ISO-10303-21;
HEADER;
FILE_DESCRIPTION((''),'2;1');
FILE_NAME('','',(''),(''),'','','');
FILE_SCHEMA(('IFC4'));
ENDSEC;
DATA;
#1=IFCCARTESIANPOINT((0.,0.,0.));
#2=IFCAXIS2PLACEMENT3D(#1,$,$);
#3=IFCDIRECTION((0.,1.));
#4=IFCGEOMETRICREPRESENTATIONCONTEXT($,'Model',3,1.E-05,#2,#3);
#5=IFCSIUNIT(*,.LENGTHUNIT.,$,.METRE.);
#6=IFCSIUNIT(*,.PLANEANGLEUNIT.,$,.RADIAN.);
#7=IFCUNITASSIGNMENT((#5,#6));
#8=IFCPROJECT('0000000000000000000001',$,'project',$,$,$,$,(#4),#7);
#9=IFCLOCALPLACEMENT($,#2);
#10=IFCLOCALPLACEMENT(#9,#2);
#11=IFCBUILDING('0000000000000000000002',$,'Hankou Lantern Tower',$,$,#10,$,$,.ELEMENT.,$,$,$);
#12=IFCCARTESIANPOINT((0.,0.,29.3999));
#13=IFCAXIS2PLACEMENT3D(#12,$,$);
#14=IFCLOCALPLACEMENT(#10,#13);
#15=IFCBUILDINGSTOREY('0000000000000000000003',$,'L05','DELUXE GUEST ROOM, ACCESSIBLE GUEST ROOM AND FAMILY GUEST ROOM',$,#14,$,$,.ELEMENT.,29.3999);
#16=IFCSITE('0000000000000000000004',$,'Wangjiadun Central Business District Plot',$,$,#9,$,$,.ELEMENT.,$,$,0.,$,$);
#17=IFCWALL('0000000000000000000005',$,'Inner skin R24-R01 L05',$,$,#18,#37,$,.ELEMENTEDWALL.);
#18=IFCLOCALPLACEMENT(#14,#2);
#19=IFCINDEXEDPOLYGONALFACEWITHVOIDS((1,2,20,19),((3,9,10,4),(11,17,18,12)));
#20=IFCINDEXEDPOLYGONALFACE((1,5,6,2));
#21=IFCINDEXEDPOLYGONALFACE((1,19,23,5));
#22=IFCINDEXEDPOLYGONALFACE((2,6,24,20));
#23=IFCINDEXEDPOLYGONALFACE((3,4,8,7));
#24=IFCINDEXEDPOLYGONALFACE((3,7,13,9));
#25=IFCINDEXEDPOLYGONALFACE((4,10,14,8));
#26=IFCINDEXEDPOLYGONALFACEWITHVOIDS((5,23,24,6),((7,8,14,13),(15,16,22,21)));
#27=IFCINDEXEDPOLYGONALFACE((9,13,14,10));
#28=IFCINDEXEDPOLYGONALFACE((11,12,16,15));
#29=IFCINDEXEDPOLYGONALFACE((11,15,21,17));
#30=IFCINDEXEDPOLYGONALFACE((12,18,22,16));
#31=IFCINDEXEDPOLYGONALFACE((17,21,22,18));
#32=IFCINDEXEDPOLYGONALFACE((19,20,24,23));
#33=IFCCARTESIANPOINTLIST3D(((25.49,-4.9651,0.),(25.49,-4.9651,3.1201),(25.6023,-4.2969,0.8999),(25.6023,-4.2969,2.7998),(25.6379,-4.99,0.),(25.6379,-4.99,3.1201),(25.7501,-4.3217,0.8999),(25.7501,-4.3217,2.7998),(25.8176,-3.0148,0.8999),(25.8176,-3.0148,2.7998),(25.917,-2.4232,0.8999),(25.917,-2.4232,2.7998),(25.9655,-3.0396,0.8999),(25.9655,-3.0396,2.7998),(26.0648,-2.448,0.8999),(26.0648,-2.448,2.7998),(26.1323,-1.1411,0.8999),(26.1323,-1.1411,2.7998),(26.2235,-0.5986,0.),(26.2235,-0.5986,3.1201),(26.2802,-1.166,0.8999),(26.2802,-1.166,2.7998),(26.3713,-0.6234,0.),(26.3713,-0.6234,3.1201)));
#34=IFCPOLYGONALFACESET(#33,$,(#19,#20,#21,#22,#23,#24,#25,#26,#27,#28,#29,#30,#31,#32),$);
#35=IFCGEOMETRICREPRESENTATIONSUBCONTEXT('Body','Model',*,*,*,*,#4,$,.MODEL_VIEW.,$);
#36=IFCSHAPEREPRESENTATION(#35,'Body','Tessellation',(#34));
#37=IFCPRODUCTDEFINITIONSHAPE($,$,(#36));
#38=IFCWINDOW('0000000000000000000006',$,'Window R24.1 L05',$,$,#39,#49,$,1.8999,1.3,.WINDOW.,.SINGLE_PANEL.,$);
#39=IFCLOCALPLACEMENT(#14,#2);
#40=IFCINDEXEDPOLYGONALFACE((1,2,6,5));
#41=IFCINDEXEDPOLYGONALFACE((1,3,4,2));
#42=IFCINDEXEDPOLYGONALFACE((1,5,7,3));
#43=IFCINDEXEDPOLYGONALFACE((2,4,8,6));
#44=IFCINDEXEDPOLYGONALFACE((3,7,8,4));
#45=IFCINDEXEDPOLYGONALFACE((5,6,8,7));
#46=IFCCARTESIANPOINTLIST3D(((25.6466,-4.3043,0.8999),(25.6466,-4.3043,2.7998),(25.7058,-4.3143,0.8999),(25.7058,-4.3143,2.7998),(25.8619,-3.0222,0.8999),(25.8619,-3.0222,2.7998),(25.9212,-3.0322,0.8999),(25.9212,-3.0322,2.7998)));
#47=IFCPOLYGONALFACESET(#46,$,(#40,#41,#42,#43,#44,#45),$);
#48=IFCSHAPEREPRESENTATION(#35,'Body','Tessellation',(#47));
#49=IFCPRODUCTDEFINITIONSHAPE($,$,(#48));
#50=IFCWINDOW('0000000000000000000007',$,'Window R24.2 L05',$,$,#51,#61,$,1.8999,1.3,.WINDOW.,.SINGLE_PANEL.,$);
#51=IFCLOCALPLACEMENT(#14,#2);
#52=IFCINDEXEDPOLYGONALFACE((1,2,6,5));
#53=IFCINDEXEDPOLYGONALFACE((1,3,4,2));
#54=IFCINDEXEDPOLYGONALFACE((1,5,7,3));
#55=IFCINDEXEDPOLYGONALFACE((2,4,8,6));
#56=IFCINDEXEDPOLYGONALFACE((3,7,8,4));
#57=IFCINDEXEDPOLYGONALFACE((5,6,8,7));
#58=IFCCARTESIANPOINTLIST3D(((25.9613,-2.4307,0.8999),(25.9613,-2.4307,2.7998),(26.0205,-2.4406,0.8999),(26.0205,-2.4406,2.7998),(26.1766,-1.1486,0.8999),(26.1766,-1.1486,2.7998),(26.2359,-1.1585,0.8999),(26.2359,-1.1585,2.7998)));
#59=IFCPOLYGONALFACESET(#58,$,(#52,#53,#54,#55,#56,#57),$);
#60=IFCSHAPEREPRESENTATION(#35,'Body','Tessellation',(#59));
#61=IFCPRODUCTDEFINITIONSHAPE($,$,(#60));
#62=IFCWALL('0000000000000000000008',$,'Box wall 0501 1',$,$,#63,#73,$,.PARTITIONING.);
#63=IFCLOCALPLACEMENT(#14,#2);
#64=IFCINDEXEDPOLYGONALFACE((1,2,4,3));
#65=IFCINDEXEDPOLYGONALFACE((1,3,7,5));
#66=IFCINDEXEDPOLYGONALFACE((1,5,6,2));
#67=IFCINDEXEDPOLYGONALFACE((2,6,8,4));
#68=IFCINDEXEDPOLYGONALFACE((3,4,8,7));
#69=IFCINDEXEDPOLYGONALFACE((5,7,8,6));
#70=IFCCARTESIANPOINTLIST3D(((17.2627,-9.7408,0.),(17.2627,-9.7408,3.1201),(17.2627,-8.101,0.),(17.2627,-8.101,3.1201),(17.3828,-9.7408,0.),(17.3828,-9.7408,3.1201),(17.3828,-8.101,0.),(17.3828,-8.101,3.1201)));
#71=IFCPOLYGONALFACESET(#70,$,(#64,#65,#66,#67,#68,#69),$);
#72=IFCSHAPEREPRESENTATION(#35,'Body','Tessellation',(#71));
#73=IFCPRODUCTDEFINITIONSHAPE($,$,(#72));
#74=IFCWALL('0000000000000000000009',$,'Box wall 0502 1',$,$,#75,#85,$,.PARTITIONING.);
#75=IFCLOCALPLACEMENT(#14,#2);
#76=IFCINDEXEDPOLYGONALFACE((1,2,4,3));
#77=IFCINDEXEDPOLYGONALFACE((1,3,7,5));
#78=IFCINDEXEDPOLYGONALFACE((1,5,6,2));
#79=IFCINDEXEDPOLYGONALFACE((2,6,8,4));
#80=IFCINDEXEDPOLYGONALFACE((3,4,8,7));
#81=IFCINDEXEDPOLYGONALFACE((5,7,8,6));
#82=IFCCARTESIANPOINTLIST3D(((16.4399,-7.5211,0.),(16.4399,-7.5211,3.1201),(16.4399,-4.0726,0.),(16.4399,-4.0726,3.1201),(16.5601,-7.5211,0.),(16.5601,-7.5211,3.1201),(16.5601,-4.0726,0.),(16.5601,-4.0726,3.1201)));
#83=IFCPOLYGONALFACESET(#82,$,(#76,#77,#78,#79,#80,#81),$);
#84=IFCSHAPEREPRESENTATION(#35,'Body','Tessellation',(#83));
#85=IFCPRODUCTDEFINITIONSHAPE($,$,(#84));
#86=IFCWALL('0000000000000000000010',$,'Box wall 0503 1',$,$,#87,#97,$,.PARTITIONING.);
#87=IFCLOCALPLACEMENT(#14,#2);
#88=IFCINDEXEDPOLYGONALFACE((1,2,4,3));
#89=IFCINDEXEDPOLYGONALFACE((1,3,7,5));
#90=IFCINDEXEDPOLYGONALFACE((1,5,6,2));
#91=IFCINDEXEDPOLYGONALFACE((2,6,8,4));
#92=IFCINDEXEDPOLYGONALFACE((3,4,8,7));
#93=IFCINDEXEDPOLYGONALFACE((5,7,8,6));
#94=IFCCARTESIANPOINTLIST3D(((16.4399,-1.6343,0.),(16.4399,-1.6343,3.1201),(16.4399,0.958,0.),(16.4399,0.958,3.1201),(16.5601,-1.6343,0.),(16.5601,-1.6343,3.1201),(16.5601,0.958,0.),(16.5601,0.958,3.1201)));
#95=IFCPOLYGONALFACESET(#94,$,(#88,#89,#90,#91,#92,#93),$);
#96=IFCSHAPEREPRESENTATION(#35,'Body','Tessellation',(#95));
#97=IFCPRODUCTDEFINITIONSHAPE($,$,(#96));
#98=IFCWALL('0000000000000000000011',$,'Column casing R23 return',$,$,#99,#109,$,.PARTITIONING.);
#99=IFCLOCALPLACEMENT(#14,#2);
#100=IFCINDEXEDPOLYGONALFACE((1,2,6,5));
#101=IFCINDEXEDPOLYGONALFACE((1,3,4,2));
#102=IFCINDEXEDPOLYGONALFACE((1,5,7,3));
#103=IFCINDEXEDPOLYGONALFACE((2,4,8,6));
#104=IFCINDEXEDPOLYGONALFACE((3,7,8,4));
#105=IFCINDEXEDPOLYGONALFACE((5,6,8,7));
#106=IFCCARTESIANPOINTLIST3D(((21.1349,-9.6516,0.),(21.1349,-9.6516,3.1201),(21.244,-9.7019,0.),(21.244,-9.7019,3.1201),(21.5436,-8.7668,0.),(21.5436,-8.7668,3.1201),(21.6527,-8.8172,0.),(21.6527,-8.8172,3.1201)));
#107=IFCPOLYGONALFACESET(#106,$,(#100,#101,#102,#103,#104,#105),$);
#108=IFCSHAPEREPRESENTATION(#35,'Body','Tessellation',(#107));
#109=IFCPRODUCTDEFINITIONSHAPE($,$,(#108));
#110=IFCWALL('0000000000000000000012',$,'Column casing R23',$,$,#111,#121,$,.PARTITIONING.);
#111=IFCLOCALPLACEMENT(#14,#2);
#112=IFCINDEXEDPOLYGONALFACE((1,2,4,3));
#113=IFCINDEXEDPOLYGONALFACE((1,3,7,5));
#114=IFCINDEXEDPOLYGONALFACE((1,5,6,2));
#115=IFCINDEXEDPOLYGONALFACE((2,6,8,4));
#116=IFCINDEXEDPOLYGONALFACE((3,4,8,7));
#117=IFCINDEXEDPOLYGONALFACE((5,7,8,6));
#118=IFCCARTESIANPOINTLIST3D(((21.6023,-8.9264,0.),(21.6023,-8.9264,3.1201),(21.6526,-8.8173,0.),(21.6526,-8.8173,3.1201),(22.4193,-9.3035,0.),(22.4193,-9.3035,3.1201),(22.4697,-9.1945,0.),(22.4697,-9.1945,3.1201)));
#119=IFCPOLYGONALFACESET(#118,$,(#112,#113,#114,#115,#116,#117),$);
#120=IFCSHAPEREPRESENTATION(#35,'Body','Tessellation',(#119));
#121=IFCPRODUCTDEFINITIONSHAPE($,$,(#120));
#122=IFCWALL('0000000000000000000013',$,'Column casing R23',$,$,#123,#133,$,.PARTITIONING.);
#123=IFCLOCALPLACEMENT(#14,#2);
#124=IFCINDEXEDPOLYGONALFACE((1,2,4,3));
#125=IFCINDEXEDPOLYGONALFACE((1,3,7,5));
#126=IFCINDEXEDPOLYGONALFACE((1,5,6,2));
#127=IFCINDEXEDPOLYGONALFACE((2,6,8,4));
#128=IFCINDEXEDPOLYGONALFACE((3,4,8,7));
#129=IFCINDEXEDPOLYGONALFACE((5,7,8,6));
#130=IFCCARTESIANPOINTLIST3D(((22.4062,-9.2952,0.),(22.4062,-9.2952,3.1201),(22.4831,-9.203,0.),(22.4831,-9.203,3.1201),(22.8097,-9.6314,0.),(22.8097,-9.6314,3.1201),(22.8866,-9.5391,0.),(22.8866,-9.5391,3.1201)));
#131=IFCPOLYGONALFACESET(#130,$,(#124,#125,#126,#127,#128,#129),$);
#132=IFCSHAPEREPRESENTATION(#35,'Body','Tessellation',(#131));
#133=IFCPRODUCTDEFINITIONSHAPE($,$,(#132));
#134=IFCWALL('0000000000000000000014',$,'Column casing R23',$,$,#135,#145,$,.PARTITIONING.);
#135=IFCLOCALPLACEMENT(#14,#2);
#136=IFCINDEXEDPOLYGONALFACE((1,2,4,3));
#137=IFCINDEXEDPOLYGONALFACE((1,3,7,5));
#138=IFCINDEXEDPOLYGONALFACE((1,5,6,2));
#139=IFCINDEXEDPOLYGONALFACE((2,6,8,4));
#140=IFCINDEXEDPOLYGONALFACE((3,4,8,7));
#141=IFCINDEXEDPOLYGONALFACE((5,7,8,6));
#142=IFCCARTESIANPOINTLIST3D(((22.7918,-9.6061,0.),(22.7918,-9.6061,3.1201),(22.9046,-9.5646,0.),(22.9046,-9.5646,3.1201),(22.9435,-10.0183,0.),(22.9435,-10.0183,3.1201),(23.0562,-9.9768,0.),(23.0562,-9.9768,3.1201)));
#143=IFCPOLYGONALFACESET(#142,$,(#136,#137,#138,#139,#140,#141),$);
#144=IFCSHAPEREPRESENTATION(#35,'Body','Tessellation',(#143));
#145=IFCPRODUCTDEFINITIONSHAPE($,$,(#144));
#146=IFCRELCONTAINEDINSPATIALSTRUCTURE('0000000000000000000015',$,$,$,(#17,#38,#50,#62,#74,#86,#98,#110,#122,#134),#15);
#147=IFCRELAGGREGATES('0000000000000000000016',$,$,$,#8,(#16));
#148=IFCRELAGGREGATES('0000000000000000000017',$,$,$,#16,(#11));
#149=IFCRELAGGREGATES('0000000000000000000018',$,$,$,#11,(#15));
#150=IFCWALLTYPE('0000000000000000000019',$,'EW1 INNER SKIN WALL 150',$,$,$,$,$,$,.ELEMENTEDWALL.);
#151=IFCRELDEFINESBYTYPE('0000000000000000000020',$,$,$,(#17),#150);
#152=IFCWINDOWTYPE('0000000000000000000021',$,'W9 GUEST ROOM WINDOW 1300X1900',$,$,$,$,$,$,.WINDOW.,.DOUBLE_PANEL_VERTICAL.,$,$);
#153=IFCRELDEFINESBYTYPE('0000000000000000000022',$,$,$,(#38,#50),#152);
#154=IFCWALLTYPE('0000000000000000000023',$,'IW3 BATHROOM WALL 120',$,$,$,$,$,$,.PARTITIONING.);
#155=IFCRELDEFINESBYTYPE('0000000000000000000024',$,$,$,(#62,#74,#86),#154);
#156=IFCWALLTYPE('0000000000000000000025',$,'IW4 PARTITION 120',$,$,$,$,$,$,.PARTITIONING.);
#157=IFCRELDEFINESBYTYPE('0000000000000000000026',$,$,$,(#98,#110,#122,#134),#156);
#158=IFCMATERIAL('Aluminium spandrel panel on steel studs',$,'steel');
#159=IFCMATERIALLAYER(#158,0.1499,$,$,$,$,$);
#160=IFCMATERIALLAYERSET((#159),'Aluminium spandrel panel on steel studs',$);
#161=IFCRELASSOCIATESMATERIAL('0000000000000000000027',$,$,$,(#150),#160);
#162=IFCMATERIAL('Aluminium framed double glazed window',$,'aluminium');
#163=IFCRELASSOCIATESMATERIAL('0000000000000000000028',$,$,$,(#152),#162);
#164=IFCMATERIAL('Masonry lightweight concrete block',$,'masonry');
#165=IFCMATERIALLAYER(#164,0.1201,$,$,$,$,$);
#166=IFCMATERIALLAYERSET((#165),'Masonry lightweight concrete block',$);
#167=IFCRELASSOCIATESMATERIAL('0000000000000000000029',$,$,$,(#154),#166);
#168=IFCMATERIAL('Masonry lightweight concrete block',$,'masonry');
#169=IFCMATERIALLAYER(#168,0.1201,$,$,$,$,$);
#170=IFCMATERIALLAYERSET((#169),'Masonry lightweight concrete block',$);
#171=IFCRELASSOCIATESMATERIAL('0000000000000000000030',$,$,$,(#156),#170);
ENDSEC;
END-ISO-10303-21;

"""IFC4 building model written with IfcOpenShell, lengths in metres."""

from ifc_helpers import new_model, si_unit, direction, frame, frame_2d, origin, place, context, subcontext, project, spatial, rectangle, extrude, material, layer, layer_set, type_object, element, fill, save


model = new_model("IFC4")

# Units and contexts
model_context = context("Model", 3, precision=1e-05, world=origin(), true_north=direction((0.0, 1.0)))
body_context = subcontext(model_context, "Body", "Model", "MODEL_VIEW")
ifc_project = project(units=[si_unit("LENGTHUNIT", "METRE"), si_unit("PLANEANGLEUNIT", "RADIAN")], contexts=[model_context])

# Site, building, storey
site_placement = place(None, origin())
site = spatial("IfcSite", under=ifc_project, at=site_placement, Name="Wangjiadun Central Business District Plot", CompositionType="ELEMENT", RefElevation=0.0)
building_placement = place(site_placement, origin())
building = spatial("IfcBuilding", under=site, at=building_placement, Name="Hankou Lantern Tower", CompositionType="ELEMENT")
storey_placement = place(building_placement, frame((0.0, 0.0, 29.3999)))
storey = spatial("IfcBuildingStorey", under=building, at=storey_placement, Name="L05", Description="DELUXE GUEST ROOM, ACCESSIBLE GUEST ROOM AND FAMILY GUEST ROOM", CompositionType="ELEMENT", Elevation=29.3999)

# Wall, openings, windows
ifc_material_1 = material(Name="Aluminium spandrel panel on steel studs", Category="steel")
ifc_layer_1 = layer(ifc_material_1, 0.1499)
ifc_layer_set_1 = layer_set([ifc_layer_1], Name="Aluminium spandrel panel on steel studs")
wall_type_1 = type_object("IfcWallType", Name="EW1 INNER SKIN WALL 150", PredefinedType="ELEMENTEDWALL", material=ifc_layer_set_1)
wall_1_placement = place(storey_placement, frame((25.564, -4.9775, 0.0), z_axis=(0.0, 0.0, 1.0), x_axis=(0.165642, 0.986186, 0.0)))
wall_1 = element("IfcWall", 1, at=wall_1_placement, inside=storey, type_object=wall_type_1, Name="Inner skin R24-R01 L05", PredefinedType="ELEMENTEDWALL", context=body_context, shape_type="SweptSolid", body=[
    extrude(rectangle(XDim=4.4277, YDim=0.1499, at=frame_2d((2.2139, 0.0))), origin(), (0.0, 0.0, 1.0), 3.1201),
])
opening_1_placement = place(wall_1_placement, frame((0.6777, 0.0, 0.8999)))
opening_1 = element("IfcOpeningElement", 2, at=opening_1_placement, cuts=wall_1, PredefinedType="OPENING", context=body_context, shape_type="SweptSolid", body=[
    extrude(rectangle(XDim=1.3, YDim=1.8999, at=frame_2d((0.6499, 0.95))), frame((0.0, 0.085, 0.0), z_axis=(0.0, -1.0, 0.0), x_axis=(1.0, 0.0, 0.0)), (0.0, 0.0, 1.0), 0.1699),
])
opening_2_placement = place(wall_1_placement, frame((2.5776, 0.0, 0.8999)))
opening_2 = element("IfcOpeningElement", 3, at=opening_2_placement, cuts=wall_1, PredefinedType="OPENING", context=body_context, shape_type="SweptSolid", body=[
    extrude(rectangle(XDim=1.3, YDim=1.8999, at=frame_2d((0.6499, 0.95))), frame((0.0, 0.085, 0.0), z_axis=(0.0, -1.0, 0.0), x_axis=(1.0, 0.0, 0.0)), (0.0, 0.0, 1.0), 0.1699),
])
ifc_material_2 = material(Name="Aluminium framed double glazed window", Category="aluminium")
window_type = type_object("IfcWindowType", Name="W9 GUEST ROOM WINDOW 1300X1900", PartitioningType="DOUBLE_PANEL_VERTICAL", PredefinedType="WINDOW", material=ifc_material_2)
window_1_placement = place(opening_1_placement, origin())
window_1 = element("IfcWindow", 4, at=window_1_placement, inside=storey, type_object=window_type, Name="Window R24.1 L05", OverallHeight=1.8999, OverallWidth=1.3, PartitioningType="SINGLE_PANEL", PredefinedType="WINDOW", context=body_context, shape_type="SweptSolid", body=[
    extrude(rectangle(XDim=1.3, YDim=1.8999, at=frame_2d((0.6499, 0.95))), frame((0.0, 0.03, 0.0), z_axis=(0.0, -1.0, 0.0), x_axis=(1.0, 0.0, 0.0)), (0.0, 0.0, 1.0), 0.0601),
])
fill(opening_1, window_1)
window_2_placement = place(opening_2_placement, origin())
window_2 = element("IfcWindow", 5, at=window_2_placement, inside=storey, type_object=window_type, Name="Window R24.2 L05", OverallHeight=1.8999, OverallWidth=1.3, PartitioningType="SINGLE_PANEL", PredefinedType="WINDOW", context=body_context, shape_type="SweptSolid", body=[
    extrude(rectangle(XDim=1.3, YDim=1.8999, at=frame_2d((0.6499, 0.95))), frame((0.0, 0.03, 0.0), z_axis=(0.0, -1.0, 0.0), x_axis=(1.0, 0.0, 0.0)), (0.0, 0.0, 1.0), 0.0601),
])
fill(opening_2, window_2)

# Walls
ifc_material_3 = material(Name="Masonry lightweight concrete block", Category="masonry")
ifc_layer_2 = layer(ifc_material_3, 0.1201)
ifc_layer_set_2 = layer_set([ifc_layer_2], Name="Masonry lightweight concrete block")
wall_type_2 = type_object("IfcWallType", Name="IW3 BATHROOM WALL 120", PredefinedType="PARTITIONING", material=ifc_layer_set_2)
wall_2_placement = place(storey_placement, frame((17.3228, -8.1011, 0.0), z_axis=(0.0, 0.0, 1.0), x_axis=(0.0, -1.0, 0.0)))
element("IfcWall", 6, at=wall_2_placement, inside=storey, type_object=wall_type_2, Name="Box wall 0501 1", PredefinedType="PARTITIONING", context=body_context, shape_type="SweptSolid", body=[
    extrude(rectangle(XDim=1.6399, YDim=0.1201, at=frame_2d((0.8198, 0.0))), origin(), (0.0, 0.0, 1.0), 3.1201),
])
wall_3_placement = place(storey_placement, frame((16.5, -7.521, 0.0), z_axis=(0.0, 0.0, 1.0), x_axis=(0.0, 1.0, 0.0)))
element("IfcWall", 7, at=wall_3_placement, inside=storey, type_object=wall_type_2, Name="Box wall 0502 1", PredefinedType="PARTITIONING", context=body_context, shape_type="SweptSolid", body=[
    extrude(rectangle(XDim=3.4485, YDim=0.1201, at=frame_2d((1.7241, 0.0))), origin(), (0.0, 0.0, 1.0), 3.1201),
])
wall_4_placement = place(storey_placement, frame((16.5, -1.6343, 0.0), z_axis=(0.0, 0.0, 1.0), x_axis=(0.0, 1.0, 0.0)))
element("IfcWall", 8, at=wall_4_placement, inside=storey, type_object=wall_type_2, Name="Box wall 0503 1", PredefinedType="PARTITIONING", context=body_context, shape_type="SweptSolid", body=[
    extrude(rectangle(XDim=2.5923, YDim=0.1201, at=frame_2d((1.2961, 0.0))), origin(), (0.0, 0.0, 1.0), 3.1201),
])
ifc_material_4 = material(Name="Masonry lightweight concrete block", Category="masonry")
ifc_layer_3 = layer(ifc_material_4, 0.1201)
ifc_layer_set_3 = layer_set([ifc_layer_3], Name="Masonry lightweight concrete block")
wall_type_3 = type_object("IfcWallType", Name="IW4 PARTITION 120", PredefinedType="PARTITIONING", material=ifc_layer_set_3)
wall_5_placement = place(storey_placement, frame((21.1895, -9.6768, 0.0), z_axis=(0.0, 0.0, 1.0), x_axis=(0.419344, 0.907827, 0.0)))
element("IfcWall", 9, at=wall_5_placement, inside=storey, type_object=wall_type_3, Name="Column casing R23 return", PredefinedType="PARTITIONING", context=body_context, shape_type="SweptSolid", body=[
    extrude(rectangle(XDim=0.9746, YDim=0.1201, at=frame_2d((0.4873, 0.0))), origin(), (0.0, 0.0, 1.0), 3.1201),
])
wall_6_placement = place(storey_placement, frame((21.6274, -8.8718, 0.0), z_axis=(0.0, 0.0, 1.0), x_axis=(0.907936, -0.41911, 0.0)))
element("IfcWall", 10, at=wall_6_placement, inside=storey, type_object=wall_type_3, Name="Column casing R23", PredefinedType="PARTITIONING", context=body_context, shape_type="SweptSolid", body=[
    extrude(rectangle(XDim=0.8999, YDim=0.1201, at=frame_2d((0.45, 0.0))), origin(), (0.0, 0.0, 1.0), 3.1201),
])
wall_7_placement = place(storey_placement, frame((22.4446, -9.249, 0.0), z_axis=(0.0, 0.0, 1.0), x_axis=(0.768336, -0.640047, 0.0)))
element("IfcWall", 11, at=wall_7_placement, inside=storey, type_object=wall_type_3, Name="Column casing R23", PredefinedType="PARTITIONING", context=body_context, shape_type="SweptSolid", body=[
    extrude(rectangle(XDim=0.5251, YDim=0.1201, at=frame_2d((0.2627, 0.0))), origin(), (0.0, 0.0, 1.0), 3.1201),
])
wall_8_placement = place(storey_placement, frame((22.8481, -9.5852, 0.0), z_axis=(0.0, 0.0, 1.0), x_axis=(0.345267, -0.938504, 0.0)))
element("IfcWall", 12, at=wall_8_placement, inside=storey, type_object=wall_type_3, Name="Column casing R23", PredefinedType="PARTITIONING", context=body_context, shape_type="SweptSolid", body=[
    extrude(rectangle(XDim=0.4392, YDim=0.1201, at=frame_2d((0.2197, 0.0))), origin(), (0.0, 0.0, 1.0), 3.1201),
])

save(model, "model.ifc")
